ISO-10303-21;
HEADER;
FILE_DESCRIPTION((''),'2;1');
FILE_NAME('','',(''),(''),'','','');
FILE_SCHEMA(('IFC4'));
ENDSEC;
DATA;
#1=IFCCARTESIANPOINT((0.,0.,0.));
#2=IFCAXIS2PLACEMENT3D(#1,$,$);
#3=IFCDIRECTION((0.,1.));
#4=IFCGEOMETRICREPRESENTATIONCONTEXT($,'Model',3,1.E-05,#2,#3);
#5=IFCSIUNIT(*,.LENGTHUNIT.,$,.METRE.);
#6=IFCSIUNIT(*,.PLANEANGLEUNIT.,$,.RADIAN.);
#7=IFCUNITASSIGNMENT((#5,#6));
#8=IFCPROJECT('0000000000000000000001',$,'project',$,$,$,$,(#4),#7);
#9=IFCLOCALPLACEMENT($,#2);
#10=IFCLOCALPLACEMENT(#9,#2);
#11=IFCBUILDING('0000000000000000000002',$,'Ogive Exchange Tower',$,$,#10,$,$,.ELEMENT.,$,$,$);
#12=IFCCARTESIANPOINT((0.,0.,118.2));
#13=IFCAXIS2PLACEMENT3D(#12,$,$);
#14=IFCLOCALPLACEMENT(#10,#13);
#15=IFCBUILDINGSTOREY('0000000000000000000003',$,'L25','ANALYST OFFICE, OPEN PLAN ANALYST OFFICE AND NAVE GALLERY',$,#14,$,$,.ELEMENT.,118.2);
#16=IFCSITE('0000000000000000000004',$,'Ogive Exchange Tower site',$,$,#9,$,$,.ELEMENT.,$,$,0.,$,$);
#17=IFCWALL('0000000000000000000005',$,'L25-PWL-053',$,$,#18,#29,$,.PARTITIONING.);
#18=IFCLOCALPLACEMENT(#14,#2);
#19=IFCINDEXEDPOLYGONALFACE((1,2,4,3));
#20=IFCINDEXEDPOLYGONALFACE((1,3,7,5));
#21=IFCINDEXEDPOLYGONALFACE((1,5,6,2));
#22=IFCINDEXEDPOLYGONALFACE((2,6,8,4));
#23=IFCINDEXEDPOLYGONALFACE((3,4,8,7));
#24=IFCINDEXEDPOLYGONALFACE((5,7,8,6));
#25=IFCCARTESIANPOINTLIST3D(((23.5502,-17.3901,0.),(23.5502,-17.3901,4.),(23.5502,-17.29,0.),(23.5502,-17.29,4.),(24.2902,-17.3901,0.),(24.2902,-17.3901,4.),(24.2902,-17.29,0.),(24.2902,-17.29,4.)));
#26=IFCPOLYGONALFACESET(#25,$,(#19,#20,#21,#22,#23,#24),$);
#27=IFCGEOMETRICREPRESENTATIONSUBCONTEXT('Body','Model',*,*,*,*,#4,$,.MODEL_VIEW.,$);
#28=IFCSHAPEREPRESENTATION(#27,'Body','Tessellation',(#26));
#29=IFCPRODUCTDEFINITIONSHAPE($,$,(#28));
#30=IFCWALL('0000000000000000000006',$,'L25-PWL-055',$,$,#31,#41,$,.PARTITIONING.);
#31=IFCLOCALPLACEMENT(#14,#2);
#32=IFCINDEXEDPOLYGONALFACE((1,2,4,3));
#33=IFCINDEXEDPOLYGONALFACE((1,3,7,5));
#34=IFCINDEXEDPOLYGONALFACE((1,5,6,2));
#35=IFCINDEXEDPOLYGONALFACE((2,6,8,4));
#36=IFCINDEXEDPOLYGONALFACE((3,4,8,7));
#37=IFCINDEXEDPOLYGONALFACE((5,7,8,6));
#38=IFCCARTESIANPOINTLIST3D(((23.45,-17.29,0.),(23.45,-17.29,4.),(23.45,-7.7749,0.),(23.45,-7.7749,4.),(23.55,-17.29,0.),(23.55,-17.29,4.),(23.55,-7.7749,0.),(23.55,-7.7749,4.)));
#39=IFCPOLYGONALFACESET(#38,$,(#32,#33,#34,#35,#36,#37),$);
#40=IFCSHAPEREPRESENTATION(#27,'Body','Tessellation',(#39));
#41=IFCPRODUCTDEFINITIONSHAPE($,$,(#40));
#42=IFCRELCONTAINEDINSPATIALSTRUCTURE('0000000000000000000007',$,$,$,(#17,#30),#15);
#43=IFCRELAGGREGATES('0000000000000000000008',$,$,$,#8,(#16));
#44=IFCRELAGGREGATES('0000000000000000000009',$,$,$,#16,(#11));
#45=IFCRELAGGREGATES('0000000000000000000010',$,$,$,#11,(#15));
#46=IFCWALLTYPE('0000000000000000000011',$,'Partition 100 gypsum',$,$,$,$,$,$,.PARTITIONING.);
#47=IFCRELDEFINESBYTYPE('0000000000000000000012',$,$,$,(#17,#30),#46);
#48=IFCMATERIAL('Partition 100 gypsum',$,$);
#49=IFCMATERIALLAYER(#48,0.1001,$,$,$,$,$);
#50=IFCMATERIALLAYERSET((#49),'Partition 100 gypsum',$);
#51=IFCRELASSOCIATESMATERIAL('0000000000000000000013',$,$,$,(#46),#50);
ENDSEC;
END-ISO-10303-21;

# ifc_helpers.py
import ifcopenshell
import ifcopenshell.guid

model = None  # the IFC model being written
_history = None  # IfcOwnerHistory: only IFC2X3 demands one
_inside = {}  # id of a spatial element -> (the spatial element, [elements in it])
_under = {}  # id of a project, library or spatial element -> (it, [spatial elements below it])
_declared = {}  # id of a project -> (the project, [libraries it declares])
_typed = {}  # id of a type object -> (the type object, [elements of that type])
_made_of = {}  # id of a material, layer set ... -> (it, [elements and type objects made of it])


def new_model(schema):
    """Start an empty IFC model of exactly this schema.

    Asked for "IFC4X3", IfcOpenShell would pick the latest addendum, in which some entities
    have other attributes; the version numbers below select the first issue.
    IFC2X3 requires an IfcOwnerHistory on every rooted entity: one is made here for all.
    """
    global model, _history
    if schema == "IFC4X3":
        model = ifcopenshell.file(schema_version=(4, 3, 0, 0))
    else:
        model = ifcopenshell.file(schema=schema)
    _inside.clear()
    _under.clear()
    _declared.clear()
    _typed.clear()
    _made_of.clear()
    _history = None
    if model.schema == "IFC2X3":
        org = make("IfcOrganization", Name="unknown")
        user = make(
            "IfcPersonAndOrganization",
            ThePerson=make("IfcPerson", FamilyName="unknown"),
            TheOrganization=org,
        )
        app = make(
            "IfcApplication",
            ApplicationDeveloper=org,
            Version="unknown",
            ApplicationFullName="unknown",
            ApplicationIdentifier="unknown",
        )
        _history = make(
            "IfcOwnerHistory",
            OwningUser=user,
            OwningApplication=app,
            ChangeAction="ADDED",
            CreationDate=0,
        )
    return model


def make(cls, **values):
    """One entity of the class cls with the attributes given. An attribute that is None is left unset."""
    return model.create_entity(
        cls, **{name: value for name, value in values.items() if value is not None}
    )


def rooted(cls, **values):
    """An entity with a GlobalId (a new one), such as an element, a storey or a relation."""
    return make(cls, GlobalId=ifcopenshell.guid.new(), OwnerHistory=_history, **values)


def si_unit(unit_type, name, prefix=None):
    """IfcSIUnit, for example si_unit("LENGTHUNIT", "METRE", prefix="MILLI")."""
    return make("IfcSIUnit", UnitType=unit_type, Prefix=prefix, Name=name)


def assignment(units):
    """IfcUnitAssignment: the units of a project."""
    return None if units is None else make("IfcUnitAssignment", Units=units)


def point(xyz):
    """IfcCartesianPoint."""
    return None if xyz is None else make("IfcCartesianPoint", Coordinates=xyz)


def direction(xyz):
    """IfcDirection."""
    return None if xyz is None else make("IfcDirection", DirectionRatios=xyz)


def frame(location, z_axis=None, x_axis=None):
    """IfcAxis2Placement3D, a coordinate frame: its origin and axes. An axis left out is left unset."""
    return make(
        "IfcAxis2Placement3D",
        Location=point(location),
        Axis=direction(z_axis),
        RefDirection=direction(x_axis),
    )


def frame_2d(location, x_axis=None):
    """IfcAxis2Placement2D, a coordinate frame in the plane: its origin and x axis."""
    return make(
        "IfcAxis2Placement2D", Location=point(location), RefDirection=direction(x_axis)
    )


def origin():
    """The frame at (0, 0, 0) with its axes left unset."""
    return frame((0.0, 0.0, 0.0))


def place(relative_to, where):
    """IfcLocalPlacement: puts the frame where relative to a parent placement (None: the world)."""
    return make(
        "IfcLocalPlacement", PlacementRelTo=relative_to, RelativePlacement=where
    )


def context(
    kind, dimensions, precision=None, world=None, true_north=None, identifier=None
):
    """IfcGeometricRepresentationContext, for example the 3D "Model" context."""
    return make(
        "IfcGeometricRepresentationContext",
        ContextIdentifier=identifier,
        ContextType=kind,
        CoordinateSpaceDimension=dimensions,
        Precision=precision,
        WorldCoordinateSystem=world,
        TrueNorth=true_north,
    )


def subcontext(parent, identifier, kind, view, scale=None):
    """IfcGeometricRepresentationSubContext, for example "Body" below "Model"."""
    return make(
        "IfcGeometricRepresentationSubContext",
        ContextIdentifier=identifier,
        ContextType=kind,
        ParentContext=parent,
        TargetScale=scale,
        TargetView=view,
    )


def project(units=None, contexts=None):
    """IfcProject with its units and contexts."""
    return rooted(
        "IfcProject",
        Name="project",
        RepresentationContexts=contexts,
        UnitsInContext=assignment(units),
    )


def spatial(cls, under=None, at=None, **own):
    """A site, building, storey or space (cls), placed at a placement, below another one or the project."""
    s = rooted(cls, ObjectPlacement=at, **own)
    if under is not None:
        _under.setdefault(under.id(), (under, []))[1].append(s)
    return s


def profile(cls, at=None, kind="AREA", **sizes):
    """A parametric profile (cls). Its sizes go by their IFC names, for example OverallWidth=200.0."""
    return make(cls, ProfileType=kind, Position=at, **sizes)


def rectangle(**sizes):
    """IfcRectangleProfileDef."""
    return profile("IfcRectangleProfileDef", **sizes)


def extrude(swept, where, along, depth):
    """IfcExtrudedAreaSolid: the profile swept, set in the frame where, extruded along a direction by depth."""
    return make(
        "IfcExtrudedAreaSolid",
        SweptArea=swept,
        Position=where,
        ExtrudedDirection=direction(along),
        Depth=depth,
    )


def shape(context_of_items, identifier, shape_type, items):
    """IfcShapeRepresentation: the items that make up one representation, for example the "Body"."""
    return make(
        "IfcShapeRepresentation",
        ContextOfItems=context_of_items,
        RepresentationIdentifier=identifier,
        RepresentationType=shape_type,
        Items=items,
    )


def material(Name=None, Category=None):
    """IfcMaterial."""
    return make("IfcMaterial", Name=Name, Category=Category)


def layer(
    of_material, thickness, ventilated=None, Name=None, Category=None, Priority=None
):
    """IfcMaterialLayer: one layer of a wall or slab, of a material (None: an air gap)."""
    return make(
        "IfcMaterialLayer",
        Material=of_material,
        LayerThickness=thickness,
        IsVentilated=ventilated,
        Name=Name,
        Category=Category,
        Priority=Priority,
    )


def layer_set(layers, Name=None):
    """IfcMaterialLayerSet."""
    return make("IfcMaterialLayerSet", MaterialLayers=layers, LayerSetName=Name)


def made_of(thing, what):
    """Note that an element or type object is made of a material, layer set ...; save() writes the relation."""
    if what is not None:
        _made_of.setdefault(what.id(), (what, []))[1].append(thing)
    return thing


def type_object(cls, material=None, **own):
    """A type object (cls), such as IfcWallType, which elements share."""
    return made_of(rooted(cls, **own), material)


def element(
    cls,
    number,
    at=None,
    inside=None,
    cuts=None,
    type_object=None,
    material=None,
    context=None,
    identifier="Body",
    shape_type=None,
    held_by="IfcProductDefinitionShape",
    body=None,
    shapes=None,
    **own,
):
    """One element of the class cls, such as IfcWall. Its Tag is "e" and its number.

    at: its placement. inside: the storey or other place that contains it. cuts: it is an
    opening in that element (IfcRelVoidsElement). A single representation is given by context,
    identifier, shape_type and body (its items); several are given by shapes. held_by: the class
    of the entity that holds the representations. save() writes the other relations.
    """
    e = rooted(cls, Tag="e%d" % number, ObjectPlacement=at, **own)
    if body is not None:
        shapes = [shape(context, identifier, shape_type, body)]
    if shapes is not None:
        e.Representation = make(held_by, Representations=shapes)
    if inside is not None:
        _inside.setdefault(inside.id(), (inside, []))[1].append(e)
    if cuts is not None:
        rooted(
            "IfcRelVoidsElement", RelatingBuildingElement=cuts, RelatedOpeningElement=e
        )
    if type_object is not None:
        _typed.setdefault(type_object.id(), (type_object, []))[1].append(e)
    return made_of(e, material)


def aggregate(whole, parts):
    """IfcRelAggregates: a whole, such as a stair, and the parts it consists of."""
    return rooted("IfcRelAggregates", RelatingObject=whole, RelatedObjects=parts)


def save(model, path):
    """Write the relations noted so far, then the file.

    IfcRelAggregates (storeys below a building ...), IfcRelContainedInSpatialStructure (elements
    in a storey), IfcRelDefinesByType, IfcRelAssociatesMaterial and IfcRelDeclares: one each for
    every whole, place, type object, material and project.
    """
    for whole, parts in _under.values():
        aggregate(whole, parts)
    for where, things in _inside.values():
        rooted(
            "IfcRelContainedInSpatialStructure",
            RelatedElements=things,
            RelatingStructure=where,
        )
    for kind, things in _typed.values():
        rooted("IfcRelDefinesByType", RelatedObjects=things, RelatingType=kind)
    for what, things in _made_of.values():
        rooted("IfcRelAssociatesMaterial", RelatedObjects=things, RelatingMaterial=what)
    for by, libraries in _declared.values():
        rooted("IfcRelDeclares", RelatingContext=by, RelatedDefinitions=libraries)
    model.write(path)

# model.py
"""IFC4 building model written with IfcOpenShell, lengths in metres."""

from ifc_helpers import new_model, si_unit, direction, frame, frame_2d, origin, place, context, subcontext, project, spatial, rectangle, extrude, material, layer, layer_set, type_object, element, save


model = new_model("IFC4")

# Units and contexts
model_context = context("Model", 3, precision=1e-05, world=origin(), true_north=direction((0.0, 1.0)))
body_context = subcontext(model_context, "Body", "Model", "MODEL_VIEW")
ifc_project = project(units=[si_unit("LENGTHUNIT", "METRE"), si_unit("PLANEANGLEUNIT", "RADIAN")], contexts=[model_context])

# Site, building, storey
site_placement = place(None, origin())
site = spatial("IfcSite", under=ifc_project, at=site_placement, Name="Ogive Exchange Tower site", CompositionType="ELEMENT", RefElevation=0.0)
building_placement = place(site_placement, origin())
building = spatial("IfcBuilding", under=site, at=building_placement, Name="Ogive Exchange Tower", CompositionType="ELEMENT")
storey_placement = place(building_placement, frame((0.0, 0.0, 118.2)))
storey = spatial("IfcBuildingStorey", under=building, at=storey_placement, Name="L25", Description="ANALYST OFFICE, OPEN PLAN ANALYST OFFICE AND NAVE GALLERY", CompositionType="ELEMENT", Elevation=118.2)

# Walls
ifc_material_1 = material(Name="Partition 100 gypsum")
ifc_layer_1 = layer(ifc_material_1, 0.1001)
ifc_layer_set_1 = layer_set([ifc_layer_1], Name="Partition 100 gypsum")
wall_type_1 = type_object("IfcWallType", Name="Partition 100 gypsum", PredefinedType="PARTITIONING", material=ifc_layer_set_1)
wall_1_placement = place(storey_placement, frame((23.55, -17.3401, 0.0), z_axis=(0.0, 0.0, 1.0), x_axis=(1.0, 0.0, 0.0)))
element("IfcWall", 1, at=wall_1_placement, inside=storey, type_object=wall_type_1, Name="L25-PWL-053", PredefinedType="PARTITIONING", context=body_context, shape_type="SweptSolid", body=[
    extrude(rectangle(XDim=0.74, YDim=0.1001, at=frame_2d((0.3701, 0.0))), origin(), (0.0, 0.0, 1.0), 4.0),
])
wall_2_placement = place(storey_placement, frame((23.5, -7.7749, 0.0), z_axis=(0.0, 0.0, 1.0), x_axis=(0.0, -1.0, 0.0)))
element("IfcWall", 2, at=wall_2_placement, inside=storey, type_object=wall_type_1, Name="L25-PWL-055", PredefinedType="PARTITIONING", context=body_context, shape_type="SweptSolid", body=[
    extrude(rectangle(XDim=9.5151, YDim=0.1001, at=frame_2d((4.7576, 0.0))), origin(), (0.0, 0.0, 1.0), 4.0),
])

save(model, "model.ifc")
